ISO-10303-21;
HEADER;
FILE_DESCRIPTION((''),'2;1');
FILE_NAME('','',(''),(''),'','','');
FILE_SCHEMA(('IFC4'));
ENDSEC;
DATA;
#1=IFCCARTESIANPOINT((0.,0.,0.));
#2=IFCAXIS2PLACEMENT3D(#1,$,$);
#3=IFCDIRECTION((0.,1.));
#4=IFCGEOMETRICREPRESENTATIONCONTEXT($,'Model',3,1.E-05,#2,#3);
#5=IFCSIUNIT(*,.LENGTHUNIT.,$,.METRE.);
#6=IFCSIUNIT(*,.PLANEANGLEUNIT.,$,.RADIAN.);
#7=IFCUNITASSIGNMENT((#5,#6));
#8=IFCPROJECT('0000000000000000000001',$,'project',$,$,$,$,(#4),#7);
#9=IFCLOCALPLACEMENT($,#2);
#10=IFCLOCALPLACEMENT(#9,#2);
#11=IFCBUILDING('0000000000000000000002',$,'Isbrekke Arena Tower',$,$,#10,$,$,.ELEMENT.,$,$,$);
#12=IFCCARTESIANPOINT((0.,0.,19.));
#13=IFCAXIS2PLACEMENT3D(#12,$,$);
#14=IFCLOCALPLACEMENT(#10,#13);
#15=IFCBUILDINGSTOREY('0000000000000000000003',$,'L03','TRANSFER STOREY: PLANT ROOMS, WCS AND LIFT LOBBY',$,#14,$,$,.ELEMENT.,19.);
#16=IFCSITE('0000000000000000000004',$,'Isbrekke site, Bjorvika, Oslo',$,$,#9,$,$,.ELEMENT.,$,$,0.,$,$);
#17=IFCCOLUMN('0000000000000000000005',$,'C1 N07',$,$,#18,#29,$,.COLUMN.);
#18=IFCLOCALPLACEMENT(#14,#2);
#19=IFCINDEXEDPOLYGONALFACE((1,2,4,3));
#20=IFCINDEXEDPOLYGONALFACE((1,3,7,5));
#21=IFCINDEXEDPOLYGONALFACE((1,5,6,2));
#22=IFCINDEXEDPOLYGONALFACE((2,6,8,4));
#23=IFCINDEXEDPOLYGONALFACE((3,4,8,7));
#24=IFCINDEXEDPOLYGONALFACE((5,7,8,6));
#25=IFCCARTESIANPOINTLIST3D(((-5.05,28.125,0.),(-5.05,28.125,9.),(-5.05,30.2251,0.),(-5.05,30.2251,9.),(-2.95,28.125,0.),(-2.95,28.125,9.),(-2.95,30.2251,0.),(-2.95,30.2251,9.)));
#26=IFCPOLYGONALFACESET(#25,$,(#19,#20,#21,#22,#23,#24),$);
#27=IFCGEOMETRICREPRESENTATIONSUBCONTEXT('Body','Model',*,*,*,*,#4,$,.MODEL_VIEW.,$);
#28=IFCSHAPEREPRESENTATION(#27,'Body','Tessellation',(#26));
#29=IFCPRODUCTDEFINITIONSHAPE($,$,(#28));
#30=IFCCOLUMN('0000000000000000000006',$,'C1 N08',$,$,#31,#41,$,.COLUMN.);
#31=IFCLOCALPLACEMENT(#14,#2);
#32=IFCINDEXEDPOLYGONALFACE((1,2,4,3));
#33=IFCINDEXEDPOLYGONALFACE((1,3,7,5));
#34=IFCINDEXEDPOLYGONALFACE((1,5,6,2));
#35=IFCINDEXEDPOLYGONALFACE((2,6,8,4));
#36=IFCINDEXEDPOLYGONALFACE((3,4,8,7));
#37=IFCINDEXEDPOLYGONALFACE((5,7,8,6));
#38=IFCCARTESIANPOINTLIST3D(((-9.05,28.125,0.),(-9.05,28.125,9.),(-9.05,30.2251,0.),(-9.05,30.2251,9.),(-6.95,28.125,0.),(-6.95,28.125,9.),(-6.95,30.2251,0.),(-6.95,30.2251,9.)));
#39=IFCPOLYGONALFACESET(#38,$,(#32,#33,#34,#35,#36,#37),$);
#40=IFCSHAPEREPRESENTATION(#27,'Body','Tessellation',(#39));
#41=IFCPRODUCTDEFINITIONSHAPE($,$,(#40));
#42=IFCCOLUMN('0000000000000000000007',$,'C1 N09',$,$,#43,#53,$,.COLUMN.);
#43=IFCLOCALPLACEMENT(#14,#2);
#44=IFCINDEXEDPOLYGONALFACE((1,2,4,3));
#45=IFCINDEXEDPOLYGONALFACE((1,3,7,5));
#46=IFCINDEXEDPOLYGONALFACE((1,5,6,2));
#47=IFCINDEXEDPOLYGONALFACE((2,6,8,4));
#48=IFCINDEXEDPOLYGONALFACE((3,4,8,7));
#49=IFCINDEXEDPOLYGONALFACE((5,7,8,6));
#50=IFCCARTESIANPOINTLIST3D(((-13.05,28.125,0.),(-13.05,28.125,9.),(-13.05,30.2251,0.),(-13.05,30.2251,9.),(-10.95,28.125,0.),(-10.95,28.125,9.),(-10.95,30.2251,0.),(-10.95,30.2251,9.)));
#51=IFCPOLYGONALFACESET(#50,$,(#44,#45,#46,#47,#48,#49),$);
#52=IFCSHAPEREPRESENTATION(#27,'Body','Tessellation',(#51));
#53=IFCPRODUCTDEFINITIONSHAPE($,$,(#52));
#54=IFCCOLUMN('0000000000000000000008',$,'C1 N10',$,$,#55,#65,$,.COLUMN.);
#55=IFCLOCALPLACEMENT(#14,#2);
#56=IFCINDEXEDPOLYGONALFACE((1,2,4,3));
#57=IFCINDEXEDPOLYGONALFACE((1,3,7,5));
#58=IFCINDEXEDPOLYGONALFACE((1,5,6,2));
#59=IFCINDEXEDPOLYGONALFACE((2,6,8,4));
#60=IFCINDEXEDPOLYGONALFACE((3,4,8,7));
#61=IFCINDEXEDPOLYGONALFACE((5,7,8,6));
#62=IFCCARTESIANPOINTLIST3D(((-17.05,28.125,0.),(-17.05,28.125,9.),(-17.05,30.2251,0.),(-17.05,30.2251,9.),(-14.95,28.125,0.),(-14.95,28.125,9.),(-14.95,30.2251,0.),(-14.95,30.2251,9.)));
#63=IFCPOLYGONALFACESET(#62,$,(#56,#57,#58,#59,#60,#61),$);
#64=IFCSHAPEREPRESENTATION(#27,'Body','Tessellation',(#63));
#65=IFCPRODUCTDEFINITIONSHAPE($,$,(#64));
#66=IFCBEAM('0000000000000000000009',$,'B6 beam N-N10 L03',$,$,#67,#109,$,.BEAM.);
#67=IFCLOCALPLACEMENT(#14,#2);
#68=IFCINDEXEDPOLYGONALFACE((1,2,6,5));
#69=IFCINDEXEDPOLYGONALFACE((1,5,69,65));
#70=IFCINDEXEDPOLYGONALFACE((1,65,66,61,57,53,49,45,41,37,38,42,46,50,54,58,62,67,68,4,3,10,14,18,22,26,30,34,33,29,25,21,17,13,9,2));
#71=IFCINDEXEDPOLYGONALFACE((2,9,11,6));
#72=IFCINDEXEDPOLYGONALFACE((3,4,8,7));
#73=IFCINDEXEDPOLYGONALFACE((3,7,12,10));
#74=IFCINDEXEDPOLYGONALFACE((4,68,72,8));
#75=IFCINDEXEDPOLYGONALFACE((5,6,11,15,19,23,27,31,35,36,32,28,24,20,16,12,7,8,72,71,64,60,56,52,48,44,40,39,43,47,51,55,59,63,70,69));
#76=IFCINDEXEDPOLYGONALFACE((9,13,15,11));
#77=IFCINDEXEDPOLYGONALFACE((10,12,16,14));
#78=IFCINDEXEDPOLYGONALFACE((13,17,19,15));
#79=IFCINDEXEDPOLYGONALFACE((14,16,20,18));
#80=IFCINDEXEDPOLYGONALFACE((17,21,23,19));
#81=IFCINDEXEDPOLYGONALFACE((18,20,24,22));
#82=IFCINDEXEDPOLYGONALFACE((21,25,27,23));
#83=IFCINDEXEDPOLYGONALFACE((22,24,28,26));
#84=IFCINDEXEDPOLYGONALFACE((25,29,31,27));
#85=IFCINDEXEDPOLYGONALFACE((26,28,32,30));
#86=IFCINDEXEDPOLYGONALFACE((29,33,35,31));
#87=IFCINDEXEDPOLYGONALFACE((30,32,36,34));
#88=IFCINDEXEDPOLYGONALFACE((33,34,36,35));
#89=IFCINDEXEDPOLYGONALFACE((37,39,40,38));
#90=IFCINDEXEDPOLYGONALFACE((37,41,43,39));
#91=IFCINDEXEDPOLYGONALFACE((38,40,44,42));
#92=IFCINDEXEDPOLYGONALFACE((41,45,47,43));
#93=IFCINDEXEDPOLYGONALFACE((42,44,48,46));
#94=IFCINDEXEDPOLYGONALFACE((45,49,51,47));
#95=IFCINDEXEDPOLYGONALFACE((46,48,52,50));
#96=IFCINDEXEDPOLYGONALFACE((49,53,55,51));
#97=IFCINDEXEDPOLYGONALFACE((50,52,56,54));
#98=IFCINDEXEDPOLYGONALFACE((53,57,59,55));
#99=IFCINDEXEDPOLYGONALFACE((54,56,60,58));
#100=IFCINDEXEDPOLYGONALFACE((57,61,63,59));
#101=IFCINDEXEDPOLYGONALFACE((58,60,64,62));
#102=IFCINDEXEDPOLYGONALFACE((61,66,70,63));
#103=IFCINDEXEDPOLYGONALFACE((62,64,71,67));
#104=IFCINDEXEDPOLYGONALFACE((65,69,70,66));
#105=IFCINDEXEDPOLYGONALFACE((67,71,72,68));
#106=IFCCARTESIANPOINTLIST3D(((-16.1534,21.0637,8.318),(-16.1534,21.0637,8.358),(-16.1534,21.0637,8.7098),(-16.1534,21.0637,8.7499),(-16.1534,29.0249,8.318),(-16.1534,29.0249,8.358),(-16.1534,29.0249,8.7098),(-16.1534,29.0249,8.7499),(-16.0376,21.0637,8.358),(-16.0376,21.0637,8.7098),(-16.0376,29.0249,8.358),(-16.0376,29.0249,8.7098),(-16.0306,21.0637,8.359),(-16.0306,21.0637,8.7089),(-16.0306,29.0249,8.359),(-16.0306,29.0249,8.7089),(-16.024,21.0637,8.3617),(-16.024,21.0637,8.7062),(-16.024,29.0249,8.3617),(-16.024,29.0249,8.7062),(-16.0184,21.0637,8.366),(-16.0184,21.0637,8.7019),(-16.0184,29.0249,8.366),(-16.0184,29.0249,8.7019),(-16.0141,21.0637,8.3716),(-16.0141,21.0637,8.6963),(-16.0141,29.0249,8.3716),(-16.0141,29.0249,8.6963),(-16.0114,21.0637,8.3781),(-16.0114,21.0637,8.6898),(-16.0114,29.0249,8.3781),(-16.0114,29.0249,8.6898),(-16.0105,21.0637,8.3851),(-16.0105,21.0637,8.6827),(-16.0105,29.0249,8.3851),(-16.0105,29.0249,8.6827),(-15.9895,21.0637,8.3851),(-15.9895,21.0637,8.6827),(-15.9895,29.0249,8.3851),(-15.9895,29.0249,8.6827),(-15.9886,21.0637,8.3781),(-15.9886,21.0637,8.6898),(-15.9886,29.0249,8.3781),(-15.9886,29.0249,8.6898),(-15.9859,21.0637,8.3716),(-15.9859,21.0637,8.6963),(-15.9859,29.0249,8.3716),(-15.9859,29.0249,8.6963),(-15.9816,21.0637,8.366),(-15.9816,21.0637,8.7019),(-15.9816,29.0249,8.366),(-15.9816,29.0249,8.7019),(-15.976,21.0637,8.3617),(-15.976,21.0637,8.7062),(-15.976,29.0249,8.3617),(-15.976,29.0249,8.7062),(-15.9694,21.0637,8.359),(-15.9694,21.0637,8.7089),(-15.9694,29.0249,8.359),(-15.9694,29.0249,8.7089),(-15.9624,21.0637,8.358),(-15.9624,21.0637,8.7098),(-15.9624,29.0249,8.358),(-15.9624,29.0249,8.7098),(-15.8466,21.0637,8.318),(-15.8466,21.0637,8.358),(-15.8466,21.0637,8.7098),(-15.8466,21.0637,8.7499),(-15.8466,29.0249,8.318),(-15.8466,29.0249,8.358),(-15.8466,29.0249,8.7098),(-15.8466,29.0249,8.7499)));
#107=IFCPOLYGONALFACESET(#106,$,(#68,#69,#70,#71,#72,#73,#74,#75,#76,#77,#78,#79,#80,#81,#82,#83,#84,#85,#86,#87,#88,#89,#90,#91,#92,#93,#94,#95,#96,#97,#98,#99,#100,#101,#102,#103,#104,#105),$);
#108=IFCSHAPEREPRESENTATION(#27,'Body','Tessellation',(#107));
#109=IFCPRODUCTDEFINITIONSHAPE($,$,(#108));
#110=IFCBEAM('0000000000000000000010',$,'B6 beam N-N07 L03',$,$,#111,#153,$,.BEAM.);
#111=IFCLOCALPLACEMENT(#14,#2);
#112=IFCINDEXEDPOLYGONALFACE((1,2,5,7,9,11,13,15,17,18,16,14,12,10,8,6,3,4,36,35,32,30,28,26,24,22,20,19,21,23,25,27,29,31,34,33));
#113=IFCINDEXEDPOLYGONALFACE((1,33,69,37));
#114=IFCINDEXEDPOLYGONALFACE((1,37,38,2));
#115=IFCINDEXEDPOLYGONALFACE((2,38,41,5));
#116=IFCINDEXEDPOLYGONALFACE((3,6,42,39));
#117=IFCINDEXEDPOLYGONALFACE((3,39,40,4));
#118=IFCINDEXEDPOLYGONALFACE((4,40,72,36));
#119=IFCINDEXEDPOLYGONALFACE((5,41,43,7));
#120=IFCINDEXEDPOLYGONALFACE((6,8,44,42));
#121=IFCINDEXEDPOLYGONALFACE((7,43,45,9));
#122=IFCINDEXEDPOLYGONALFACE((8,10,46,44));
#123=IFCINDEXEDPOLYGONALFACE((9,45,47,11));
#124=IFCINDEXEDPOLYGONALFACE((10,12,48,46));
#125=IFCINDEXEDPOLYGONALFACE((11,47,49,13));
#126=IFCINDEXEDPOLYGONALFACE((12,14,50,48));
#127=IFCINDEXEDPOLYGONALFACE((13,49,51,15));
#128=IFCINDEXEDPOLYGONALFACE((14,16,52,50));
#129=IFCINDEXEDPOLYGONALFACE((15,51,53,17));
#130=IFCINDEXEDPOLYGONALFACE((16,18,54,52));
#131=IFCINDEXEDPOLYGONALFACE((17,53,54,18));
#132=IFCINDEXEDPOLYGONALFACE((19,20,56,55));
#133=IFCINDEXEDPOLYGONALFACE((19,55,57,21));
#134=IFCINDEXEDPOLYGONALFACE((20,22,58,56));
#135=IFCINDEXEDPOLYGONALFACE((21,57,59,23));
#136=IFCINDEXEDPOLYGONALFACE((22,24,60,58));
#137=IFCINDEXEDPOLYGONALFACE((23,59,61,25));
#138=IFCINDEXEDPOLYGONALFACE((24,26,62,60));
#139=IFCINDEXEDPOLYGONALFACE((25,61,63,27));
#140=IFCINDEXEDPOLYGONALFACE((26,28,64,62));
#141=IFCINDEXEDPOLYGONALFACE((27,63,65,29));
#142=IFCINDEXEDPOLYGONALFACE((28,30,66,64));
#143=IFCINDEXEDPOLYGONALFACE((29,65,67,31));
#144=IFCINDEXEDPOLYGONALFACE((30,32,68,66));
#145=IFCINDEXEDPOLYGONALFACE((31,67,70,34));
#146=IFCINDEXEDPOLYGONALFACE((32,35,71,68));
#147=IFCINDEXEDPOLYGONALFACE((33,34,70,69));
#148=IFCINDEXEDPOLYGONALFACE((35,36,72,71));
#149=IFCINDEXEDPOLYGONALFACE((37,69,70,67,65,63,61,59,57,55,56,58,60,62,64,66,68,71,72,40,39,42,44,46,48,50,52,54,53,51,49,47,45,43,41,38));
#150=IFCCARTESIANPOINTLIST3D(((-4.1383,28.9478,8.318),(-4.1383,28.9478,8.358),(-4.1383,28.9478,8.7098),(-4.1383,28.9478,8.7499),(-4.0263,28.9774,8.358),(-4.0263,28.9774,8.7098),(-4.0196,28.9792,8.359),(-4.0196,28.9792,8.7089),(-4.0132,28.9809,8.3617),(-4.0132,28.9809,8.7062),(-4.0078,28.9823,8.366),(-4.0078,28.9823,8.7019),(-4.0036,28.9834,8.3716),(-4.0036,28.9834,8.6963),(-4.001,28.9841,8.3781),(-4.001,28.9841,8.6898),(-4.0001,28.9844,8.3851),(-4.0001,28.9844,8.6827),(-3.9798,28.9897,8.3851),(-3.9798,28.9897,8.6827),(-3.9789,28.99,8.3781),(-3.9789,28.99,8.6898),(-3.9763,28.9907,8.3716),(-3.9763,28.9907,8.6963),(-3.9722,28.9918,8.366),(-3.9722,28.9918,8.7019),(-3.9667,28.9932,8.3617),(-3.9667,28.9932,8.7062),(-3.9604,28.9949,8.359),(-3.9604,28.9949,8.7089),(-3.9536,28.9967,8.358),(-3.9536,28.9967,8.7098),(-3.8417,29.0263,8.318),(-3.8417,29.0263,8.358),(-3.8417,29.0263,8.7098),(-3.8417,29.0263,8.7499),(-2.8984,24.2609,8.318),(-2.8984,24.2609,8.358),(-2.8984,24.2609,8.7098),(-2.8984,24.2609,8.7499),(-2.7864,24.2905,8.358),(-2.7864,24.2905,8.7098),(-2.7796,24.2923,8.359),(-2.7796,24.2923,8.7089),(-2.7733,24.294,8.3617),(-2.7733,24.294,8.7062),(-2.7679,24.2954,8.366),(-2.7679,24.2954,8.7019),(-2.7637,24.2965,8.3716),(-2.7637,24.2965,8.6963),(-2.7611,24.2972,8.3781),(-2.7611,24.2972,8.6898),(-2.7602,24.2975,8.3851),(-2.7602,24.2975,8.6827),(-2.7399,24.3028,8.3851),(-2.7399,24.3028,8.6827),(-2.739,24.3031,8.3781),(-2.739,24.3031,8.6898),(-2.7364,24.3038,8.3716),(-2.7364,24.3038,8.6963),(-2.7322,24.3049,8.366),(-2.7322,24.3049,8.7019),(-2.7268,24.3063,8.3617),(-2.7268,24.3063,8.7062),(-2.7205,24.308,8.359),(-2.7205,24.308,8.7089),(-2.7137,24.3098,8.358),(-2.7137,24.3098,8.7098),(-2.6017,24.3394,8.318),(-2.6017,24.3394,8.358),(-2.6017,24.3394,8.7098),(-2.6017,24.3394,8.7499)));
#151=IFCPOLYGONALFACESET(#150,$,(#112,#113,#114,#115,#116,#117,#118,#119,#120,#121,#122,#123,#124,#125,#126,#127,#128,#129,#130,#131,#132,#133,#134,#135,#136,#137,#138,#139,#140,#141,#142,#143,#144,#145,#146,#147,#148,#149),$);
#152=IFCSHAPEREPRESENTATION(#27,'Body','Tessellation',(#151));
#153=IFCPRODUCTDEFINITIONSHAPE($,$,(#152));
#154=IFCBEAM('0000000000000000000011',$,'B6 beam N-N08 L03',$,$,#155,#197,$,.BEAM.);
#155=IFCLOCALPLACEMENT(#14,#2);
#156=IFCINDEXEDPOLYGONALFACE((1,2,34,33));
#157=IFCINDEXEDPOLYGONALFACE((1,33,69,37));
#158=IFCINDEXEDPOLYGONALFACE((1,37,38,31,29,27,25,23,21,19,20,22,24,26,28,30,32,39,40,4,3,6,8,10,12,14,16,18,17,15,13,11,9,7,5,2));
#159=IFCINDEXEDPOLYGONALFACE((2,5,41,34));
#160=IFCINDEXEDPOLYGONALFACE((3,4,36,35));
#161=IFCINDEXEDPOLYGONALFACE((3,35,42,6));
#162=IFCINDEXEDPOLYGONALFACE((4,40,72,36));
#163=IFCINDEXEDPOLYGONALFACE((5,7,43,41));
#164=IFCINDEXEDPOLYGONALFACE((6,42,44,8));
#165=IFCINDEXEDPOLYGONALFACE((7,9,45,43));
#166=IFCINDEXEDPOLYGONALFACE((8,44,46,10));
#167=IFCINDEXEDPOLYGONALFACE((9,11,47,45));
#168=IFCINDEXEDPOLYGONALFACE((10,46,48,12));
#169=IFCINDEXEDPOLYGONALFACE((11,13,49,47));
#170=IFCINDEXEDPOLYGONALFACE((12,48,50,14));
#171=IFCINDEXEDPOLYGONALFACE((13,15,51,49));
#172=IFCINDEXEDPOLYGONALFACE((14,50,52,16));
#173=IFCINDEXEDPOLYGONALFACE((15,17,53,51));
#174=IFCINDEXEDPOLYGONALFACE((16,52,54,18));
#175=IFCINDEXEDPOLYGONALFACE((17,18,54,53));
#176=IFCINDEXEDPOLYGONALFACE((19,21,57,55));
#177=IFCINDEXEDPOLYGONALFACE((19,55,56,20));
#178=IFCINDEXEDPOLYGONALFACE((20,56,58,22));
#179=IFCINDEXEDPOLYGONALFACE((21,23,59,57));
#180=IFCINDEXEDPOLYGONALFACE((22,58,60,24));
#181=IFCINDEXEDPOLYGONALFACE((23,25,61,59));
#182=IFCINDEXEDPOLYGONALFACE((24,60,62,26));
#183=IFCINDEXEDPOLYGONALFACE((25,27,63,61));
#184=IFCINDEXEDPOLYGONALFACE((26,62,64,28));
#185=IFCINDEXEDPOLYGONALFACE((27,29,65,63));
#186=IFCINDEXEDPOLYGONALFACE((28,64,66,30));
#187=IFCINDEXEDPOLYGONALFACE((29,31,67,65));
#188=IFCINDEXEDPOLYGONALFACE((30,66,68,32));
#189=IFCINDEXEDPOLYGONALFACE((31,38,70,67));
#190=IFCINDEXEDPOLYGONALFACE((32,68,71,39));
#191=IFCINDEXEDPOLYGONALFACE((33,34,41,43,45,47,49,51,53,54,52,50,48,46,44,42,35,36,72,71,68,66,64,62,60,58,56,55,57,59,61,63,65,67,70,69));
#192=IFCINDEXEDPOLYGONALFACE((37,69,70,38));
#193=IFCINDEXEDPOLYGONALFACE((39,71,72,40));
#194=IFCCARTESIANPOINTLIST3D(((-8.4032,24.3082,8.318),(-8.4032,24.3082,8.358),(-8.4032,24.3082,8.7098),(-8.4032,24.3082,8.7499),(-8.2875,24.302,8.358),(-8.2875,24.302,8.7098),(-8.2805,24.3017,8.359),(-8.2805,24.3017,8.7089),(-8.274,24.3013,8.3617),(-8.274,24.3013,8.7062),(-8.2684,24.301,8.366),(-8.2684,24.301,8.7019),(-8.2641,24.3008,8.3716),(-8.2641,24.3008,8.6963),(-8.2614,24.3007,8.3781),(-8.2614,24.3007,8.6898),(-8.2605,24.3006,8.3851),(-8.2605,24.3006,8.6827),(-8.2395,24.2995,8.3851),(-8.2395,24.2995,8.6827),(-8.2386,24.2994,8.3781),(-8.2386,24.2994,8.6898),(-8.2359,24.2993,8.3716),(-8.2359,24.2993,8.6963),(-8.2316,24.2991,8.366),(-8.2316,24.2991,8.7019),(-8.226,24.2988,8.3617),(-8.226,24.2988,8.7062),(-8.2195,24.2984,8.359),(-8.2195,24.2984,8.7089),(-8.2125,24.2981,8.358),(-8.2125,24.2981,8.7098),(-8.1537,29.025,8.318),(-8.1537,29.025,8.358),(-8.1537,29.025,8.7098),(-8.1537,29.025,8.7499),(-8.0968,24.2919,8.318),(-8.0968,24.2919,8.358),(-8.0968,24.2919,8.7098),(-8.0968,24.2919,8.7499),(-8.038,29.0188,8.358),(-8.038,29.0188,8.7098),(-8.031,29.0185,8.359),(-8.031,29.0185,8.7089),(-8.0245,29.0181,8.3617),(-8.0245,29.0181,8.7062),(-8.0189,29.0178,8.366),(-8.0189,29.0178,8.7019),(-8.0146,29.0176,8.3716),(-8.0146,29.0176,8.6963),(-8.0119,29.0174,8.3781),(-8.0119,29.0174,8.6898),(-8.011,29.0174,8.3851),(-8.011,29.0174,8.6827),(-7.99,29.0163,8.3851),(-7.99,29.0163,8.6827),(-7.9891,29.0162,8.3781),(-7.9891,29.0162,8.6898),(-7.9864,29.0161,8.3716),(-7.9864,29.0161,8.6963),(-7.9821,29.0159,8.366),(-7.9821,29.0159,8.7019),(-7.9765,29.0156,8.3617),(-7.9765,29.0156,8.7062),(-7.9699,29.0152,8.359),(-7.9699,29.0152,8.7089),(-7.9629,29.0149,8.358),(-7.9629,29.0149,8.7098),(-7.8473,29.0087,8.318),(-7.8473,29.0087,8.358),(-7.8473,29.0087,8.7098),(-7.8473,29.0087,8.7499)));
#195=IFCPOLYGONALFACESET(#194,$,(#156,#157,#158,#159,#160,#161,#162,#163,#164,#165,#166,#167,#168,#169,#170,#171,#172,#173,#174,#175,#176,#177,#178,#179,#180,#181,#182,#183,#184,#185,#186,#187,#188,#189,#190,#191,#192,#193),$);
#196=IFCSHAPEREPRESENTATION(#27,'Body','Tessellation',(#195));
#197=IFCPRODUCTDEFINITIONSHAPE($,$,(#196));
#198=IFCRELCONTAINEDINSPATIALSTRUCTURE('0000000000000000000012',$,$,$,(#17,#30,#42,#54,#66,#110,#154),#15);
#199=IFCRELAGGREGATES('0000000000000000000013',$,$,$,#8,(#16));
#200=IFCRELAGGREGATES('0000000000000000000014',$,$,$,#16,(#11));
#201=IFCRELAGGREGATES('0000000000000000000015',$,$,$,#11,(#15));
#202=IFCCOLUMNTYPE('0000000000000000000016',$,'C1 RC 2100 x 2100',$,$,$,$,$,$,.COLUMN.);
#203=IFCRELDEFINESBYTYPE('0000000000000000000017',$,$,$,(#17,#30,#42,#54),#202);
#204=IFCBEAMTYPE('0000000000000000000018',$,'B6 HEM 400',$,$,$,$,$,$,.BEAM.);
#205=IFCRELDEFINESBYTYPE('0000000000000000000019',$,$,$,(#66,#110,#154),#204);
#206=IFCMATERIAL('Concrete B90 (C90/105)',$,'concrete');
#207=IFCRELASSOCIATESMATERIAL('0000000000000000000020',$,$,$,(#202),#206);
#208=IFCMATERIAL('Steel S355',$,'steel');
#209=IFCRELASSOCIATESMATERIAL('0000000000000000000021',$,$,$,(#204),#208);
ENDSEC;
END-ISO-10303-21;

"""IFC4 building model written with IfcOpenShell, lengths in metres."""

from ifc_helpers import new_model, si_unit, direction, frame, origin, origin_2d, place, context, subcontext, project, spatial, rectangle, i_section, extrude, material, material_profile, profile_set, type_object, element, save


model = new_model("IFC4")

# Units and contexts
model_context = context("Model", 3, precision=1e-05, world=origin(), true_north=direction((0.0, 1.0)))
body_context = subcontext(model_context, "Body", "Model", "MODEL_VIEW")
ifc_project = project(units=[si_unit("LENGTHUNIT", "METRE"), si_unit("PLANEANGLEUNIT", "RADIAN")], contexts=[model_context])

# Site, building, storey
site_placement = place(None, origin())
site = spatial("IfcSite", under=ifc_project, at=site_placement, Name="Isbrekke site, Bjorvika, Oslo", CompositionType="ELEMENT", RefElevation=0.0)
building_placement = place(site_placement, origin())
building = spatial("IfcBuilding", under=site, at=building_placement, Name="Isbrekke Arena Tower", CompositionType="ELEMENT")
storey_placement = place(building_placement, frame((0.0, 0.0, 19.0)))
storey = spatial("IfcBuildingStorey", under=building, at=storey_placement, Name="L03", Description="TRANSFER STOREY: PLANT ROOMS, WCS AND LIFT LOBBY", CompositionType="ELEMENT", Elevation=19.0)

# Columns
ifc_material_1 = material(Name="Concrete B90 (C90/105)", Category="concrete")
ifc_material_profile_1 = material_profile(ifc_material_1, rectangle(XDim=2.1001, YDim=2.1001, at=origin_2d()), Name="RC 2100x2100")
ifc_profile_set_1 = profile_set([ifc_material_profile_1], Name="Concrete B90 (C90/105)")
column_type = type_object("IfcColumnType", Name="C1 RC 2100 x 2100", PredefinedType="COLUMN", material=ifc_profile_set_1)
for number, where, z_axis, x_axis, name in (
    (1, (-4.0, 29.175, 0.0), (0.0, 0.0, 1.0), (-1.0, 0.0, 0.0), "C1 N07"),
    (2, (-8.0, 29.175, 0.0), (0.0, 0.0, 1.0), (-1.0, 0.0, 0.0), "C1 N08"),
    (3, (-12.0, 29.175, 0.0), (0.0, 0.0, 1.0), (-1.0, 0.0, 0.0), "C1 N09"),
    (4, (-16.0, 29.175, 0.0), (0.0, 0.0, 1.0), (-1.0, 0.0, 0.0), "C1 N10"),
):
    element("IfcColumn", number, at=place(storey_placement, frame(where, z_axis=z_axis, x_axis=x_axis)), inside=storey, type_object=column_type, Name=name, PredefinedType="COLUMN", context=body_context, shape_type="SweptSolid", body=[
        extrude(rectangle(XDim=2.1001, YDim=2.1001, at=origin_2d()), origin(), (0.0, 0.0, 1.0), 9.0),
    ])

# Beams
ifc_material_2 = material(Name="Steel S355", Category="steel")
ifc_material_profile_2 = material_profile(ifc_material_2, i_section(OverallWidth=0.3069, OverallDepth=0.4319, WebThickness=0.021, FlangeThickness=0.04, FilletRadius=0.0271, at=origin_2d()), Name="HEM 400")
ifc_profile_set_2 = profile_set([ifc_material_profile_2], Name="Steel S355")
beam_type_1 = type_object("IfcBeamType", Name="B6 HEM 400", PredefinedType="BEAM", material=ifc_profile_set_2)
beam_1_placement = place(storey_placement, frame((-16.0, 29.0249, 8.5339), z_axis=(0.0, -1.0, 0.0), x_axis=(1.0, 0.0, 0.0)))
element("IfcBeam", 5, at=beam_1_placement, inside=storey, type_object=beam_type_1, Name="B6 beam N-N10 L03", PredefinedType="BEAM", context=body_context, shape_type="SweptSolid", body=[
    extrude(i_section(OverallWidth=0.3069, OverallDepth=0.4319, WebThickness=0.021, FlangeThickness=0.04, FilletRadius=0.0271, at=origin_2d()), origin(), (0.0, 0.0, 1.0), 7.9612),
])
beam_2_placement = place(storey_placement, frame((-3.99, 28.9871, 8.5339), z_axis=(0.25576, -0.96674, 0.0), x_axis=(0.96674, 0.25576, 0.0)))
element("IfcBeam", 6, at=beam_2_placement, inside=storey, type_object=beam_type_1, Name="B6 beam N-N07 L03", PredefinedType="BEAM", context=body_context, shape_type="SweptSolid", body=[
    extrude(i_section(OverallWidth=0.3069, OverallDepth=0.4319, WebThickness=0.021, FlangeThickness=0.04, FilletRadius=0.0271, at=origin_2d()), origin(), (0.0, 0.0, 1.0), 4.8481),
])
beam_3_placement = place(storey_placement, frame((-8.0005, 29.0168, 8.5339), z_axis=(-0.052825, -0.998604, 0.0), x_axis=(0.998604, -0.052825, 0.0)))
element("IfcBeam", 7, at=beam_3_placement, inside=storey, type_object=beam_type_1, Name="B6 beam N-N08 L03", PredefinedType="BEAM", context=body_context, shape_type="SweptSolid", body=[
    extrude(i_section(OverallWidth=0.3069, OverallDepth=0.4319, WebThickness=0.021, FlangeThickness=0.04, FilletRadius=0.0271, at=origin_2d()), origin(), (0.0, 0.0, 1.0), 4.7234),
])

save(model, "model.ifc")
